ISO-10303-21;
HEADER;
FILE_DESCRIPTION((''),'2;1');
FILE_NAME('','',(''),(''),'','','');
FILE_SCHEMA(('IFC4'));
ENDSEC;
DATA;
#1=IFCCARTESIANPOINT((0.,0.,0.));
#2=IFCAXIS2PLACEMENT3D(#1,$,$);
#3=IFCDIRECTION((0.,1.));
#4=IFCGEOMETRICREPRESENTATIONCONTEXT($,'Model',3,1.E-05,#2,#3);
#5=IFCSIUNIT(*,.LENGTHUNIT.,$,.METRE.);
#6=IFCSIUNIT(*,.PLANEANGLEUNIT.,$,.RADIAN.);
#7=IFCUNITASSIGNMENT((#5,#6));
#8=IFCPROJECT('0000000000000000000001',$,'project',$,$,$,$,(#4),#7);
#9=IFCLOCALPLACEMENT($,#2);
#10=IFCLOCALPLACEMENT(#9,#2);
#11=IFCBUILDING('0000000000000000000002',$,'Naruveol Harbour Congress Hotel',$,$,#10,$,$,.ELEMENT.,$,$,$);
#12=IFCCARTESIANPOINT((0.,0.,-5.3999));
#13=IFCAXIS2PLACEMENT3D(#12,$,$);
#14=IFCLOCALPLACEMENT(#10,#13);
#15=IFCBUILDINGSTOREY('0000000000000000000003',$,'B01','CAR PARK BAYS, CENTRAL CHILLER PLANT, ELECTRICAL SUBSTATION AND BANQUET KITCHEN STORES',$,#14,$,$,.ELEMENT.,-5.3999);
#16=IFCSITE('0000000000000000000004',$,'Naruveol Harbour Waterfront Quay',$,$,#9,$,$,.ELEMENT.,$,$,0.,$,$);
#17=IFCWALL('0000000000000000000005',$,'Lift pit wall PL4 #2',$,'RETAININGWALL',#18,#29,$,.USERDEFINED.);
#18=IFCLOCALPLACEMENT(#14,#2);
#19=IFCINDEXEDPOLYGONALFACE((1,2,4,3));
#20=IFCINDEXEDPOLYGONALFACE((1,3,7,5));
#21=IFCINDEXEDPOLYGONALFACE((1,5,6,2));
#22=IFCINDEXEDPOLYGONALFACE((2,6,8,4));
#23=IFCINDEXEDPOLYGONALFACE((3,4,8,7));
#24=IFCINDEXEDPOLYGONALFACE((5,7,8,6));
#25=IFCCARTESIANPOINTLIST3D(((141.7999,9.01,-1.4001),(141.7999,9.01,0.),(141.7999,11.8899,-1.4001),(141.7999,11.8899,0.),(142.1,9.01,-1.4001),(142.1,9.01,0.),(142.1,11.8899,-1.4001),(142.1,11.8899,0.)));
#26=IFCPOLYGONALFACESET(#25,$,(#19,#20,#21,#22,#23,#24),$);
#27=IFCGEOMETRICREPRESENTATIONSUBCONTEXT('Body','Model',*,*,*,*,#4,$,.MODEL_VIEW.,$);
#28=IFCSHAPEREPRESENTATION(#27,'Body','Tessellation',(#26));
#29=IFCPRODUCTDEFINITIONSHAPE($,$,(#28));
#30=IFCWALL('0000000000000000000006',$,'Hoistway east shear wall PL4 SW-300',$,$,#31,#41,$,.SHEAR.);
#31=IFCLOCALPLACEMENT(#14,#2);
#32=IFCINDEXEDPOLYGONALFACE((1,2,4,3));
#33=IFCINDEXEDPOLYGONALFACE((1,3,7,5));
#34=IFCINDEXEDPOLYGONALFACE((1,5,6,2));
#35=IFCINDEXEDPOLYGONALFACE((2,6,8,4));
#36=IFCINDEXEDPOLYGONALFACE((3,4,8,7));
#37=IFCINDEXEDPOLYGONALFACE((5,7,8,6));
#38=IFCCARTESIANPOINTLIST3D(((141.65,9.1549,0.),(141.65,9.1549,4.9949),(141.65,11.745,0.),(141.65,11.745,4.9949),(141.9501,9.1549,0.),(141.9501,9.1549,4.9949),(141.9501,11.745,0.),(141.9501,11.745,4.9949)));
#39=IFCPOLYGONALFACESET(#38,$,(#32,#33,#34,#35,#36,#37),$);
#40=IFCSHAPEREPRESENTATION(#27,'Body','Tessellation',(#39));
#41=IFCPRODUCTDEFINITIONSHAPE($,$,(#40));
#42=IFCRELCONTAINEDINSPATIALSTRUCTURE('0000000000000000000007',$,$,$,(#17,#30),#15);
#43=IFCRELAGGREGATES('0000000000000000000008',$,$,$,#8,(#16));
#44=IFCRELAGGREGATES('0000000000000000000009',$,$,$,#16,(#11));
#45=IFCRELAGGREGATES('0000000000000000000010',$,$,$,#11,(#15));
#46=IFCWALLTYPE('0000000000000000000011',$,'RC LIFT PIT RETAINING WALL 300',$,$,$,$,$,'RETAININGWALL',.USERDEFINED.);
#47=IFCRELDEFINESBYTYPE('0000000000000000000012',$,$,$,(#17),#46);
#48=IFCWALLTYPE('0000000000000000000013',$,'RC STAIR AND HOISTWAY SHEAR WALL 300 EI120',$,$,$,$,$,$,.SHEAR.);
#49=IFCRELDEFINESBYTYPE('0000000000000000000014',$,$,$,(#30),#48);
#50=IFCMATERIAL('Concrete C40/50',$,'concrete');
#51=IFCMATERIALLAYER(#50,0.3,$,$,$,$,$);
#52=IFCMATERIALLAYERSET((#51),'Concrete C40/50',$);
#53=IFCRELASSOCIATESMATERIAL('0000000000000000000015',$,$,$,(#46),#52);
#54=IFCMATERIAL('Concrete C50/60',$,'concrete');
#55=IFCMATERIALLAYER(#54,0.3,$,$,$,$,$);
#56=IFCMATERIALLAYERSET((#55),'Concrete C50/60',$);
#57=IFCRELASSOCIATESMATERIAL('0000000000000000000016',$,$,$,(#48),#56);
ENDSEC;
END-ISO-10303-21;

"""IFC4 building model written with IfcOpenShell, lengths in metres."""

from ifc_helpers import new_model, si_unit, direction, frame, frame_2d, origin, place, context, subcontext, project, spatial, rectangle, extrude, material, layer, layer_set, type_object, element, save


model = new_model("IFC4")

# Units and contexts
model_context = context("Model", 3, precision=1e-05, world=origin(), true_north=direction((0.0, 1.0)))
body_context = subcontext(model_context, "Body", "Model", "MODEL_VIEW")
ifc_project = project(units=[si_unit("LENGTHUNIT", "METRE"), si_unit("PLANEANGLEUNIT", "RADIAN")], contexts=[model_context])

# Site, building, storey
site_placement = place(None, origin())
site = spatial("IfcSite", under=ifc_project, at=site_placement, Name="Naruveol Harbour Waterfront Quay", CompositionType="ELEMENT", RefElevation=0.0)
building_placement = place(site_placement, origin())
building = spatial("IfcBuilding", under=site, at=building_placement, Name="Naruveol Harbour Congress Hotel", CompositionType="ELEMENT")
storey_placement = place(building_placement, frame((0.0, 0.0, -5.3999)))
storey = spatial("IfcBuildingStorey", under=building, at=storey_placement, Name="B01", Description="CAR PARK BAYS, CENTRAL CHILLER PLANT, ELECTRICAL SUBSTATION AND BANQUET KITCHEN STORES", CompositionType="ELEMENT", Elevation=-5.3999)

# Walls
ifc_material_1 = material(Name="Concrete C40/50", Category="concrete")
ifc_layer_1 = layer(ifc_material_1, 0.3)
ifc_layer_set_1 = layer_set([ifc_layer_1], Name="Concrete C40/50")
wall_type_1 = type_object("IfcWallType", Name="RC LIFT PIT RETAINING WALL 300", ElementType="RETAININGWALL", PredefinedType="USERDEFINED", material=ifc_layer_set_1)
wall_1_placement = place(storey_placement, frame((141.95, 9.01, -1.4001), z_axis=(0.0, 0.0, 1.0), x_axis=(0.0, 1.0, 0.0)))
element("IfcWall", 1, at=wall_1_placement, inside=storey, type_object=wall_type_1, Name="Lift pit wall PL4 #2", ObjectType="RETAININGWALL", PredefinedType="USERDEFINED", context=body_context, shape_type="SweptSolid", body=[
    extrude(rectangle(XDim=2.8799, YDim=0.3, at=frame_2d((1.4399, 0.0))), origin(), (0.0, 0.0, 1.0), 1.4001),
])
ifc_material_2 = material(Name="Concrete C50/60", Category="concrete")
ifc_layer_2 = layer(ifc_material_2, 0.3)
ifc_layer_set_2 = layer_set([ifc_layer_2], Name="Concrete C50/60")
wall_type_2 = type_object("IfcWallType", Name="RC STAIR AND HOISTWAY SHEAR WALL 300 EI120", PredefinedType="SHEAR", material=ifc_layer_set_2)
wall_2_placement = place(storey_placement, frame((141.8, 9.155, 0.0), z_axis=(0.0, 0.0, 1.0), x_axis=(0.0, 1.0, 0.0)))
element("IfcWall", 2, at=wall_2_placement, inside=storey, type_object=wall_type_2, Name="Hoistway east shear wall PL4 SW-300", PredefinedType="SHEAR", context=body_context, shape_type="SweptSolid", body=[
    extrude(rectangle(XDim=2.5901, YDim=0.3, at=frame_2d((1.2949, 0.0))), origin(), (0.0, 0.0, 1.0), 4.9949),
])

save(model, "model.ifc")
